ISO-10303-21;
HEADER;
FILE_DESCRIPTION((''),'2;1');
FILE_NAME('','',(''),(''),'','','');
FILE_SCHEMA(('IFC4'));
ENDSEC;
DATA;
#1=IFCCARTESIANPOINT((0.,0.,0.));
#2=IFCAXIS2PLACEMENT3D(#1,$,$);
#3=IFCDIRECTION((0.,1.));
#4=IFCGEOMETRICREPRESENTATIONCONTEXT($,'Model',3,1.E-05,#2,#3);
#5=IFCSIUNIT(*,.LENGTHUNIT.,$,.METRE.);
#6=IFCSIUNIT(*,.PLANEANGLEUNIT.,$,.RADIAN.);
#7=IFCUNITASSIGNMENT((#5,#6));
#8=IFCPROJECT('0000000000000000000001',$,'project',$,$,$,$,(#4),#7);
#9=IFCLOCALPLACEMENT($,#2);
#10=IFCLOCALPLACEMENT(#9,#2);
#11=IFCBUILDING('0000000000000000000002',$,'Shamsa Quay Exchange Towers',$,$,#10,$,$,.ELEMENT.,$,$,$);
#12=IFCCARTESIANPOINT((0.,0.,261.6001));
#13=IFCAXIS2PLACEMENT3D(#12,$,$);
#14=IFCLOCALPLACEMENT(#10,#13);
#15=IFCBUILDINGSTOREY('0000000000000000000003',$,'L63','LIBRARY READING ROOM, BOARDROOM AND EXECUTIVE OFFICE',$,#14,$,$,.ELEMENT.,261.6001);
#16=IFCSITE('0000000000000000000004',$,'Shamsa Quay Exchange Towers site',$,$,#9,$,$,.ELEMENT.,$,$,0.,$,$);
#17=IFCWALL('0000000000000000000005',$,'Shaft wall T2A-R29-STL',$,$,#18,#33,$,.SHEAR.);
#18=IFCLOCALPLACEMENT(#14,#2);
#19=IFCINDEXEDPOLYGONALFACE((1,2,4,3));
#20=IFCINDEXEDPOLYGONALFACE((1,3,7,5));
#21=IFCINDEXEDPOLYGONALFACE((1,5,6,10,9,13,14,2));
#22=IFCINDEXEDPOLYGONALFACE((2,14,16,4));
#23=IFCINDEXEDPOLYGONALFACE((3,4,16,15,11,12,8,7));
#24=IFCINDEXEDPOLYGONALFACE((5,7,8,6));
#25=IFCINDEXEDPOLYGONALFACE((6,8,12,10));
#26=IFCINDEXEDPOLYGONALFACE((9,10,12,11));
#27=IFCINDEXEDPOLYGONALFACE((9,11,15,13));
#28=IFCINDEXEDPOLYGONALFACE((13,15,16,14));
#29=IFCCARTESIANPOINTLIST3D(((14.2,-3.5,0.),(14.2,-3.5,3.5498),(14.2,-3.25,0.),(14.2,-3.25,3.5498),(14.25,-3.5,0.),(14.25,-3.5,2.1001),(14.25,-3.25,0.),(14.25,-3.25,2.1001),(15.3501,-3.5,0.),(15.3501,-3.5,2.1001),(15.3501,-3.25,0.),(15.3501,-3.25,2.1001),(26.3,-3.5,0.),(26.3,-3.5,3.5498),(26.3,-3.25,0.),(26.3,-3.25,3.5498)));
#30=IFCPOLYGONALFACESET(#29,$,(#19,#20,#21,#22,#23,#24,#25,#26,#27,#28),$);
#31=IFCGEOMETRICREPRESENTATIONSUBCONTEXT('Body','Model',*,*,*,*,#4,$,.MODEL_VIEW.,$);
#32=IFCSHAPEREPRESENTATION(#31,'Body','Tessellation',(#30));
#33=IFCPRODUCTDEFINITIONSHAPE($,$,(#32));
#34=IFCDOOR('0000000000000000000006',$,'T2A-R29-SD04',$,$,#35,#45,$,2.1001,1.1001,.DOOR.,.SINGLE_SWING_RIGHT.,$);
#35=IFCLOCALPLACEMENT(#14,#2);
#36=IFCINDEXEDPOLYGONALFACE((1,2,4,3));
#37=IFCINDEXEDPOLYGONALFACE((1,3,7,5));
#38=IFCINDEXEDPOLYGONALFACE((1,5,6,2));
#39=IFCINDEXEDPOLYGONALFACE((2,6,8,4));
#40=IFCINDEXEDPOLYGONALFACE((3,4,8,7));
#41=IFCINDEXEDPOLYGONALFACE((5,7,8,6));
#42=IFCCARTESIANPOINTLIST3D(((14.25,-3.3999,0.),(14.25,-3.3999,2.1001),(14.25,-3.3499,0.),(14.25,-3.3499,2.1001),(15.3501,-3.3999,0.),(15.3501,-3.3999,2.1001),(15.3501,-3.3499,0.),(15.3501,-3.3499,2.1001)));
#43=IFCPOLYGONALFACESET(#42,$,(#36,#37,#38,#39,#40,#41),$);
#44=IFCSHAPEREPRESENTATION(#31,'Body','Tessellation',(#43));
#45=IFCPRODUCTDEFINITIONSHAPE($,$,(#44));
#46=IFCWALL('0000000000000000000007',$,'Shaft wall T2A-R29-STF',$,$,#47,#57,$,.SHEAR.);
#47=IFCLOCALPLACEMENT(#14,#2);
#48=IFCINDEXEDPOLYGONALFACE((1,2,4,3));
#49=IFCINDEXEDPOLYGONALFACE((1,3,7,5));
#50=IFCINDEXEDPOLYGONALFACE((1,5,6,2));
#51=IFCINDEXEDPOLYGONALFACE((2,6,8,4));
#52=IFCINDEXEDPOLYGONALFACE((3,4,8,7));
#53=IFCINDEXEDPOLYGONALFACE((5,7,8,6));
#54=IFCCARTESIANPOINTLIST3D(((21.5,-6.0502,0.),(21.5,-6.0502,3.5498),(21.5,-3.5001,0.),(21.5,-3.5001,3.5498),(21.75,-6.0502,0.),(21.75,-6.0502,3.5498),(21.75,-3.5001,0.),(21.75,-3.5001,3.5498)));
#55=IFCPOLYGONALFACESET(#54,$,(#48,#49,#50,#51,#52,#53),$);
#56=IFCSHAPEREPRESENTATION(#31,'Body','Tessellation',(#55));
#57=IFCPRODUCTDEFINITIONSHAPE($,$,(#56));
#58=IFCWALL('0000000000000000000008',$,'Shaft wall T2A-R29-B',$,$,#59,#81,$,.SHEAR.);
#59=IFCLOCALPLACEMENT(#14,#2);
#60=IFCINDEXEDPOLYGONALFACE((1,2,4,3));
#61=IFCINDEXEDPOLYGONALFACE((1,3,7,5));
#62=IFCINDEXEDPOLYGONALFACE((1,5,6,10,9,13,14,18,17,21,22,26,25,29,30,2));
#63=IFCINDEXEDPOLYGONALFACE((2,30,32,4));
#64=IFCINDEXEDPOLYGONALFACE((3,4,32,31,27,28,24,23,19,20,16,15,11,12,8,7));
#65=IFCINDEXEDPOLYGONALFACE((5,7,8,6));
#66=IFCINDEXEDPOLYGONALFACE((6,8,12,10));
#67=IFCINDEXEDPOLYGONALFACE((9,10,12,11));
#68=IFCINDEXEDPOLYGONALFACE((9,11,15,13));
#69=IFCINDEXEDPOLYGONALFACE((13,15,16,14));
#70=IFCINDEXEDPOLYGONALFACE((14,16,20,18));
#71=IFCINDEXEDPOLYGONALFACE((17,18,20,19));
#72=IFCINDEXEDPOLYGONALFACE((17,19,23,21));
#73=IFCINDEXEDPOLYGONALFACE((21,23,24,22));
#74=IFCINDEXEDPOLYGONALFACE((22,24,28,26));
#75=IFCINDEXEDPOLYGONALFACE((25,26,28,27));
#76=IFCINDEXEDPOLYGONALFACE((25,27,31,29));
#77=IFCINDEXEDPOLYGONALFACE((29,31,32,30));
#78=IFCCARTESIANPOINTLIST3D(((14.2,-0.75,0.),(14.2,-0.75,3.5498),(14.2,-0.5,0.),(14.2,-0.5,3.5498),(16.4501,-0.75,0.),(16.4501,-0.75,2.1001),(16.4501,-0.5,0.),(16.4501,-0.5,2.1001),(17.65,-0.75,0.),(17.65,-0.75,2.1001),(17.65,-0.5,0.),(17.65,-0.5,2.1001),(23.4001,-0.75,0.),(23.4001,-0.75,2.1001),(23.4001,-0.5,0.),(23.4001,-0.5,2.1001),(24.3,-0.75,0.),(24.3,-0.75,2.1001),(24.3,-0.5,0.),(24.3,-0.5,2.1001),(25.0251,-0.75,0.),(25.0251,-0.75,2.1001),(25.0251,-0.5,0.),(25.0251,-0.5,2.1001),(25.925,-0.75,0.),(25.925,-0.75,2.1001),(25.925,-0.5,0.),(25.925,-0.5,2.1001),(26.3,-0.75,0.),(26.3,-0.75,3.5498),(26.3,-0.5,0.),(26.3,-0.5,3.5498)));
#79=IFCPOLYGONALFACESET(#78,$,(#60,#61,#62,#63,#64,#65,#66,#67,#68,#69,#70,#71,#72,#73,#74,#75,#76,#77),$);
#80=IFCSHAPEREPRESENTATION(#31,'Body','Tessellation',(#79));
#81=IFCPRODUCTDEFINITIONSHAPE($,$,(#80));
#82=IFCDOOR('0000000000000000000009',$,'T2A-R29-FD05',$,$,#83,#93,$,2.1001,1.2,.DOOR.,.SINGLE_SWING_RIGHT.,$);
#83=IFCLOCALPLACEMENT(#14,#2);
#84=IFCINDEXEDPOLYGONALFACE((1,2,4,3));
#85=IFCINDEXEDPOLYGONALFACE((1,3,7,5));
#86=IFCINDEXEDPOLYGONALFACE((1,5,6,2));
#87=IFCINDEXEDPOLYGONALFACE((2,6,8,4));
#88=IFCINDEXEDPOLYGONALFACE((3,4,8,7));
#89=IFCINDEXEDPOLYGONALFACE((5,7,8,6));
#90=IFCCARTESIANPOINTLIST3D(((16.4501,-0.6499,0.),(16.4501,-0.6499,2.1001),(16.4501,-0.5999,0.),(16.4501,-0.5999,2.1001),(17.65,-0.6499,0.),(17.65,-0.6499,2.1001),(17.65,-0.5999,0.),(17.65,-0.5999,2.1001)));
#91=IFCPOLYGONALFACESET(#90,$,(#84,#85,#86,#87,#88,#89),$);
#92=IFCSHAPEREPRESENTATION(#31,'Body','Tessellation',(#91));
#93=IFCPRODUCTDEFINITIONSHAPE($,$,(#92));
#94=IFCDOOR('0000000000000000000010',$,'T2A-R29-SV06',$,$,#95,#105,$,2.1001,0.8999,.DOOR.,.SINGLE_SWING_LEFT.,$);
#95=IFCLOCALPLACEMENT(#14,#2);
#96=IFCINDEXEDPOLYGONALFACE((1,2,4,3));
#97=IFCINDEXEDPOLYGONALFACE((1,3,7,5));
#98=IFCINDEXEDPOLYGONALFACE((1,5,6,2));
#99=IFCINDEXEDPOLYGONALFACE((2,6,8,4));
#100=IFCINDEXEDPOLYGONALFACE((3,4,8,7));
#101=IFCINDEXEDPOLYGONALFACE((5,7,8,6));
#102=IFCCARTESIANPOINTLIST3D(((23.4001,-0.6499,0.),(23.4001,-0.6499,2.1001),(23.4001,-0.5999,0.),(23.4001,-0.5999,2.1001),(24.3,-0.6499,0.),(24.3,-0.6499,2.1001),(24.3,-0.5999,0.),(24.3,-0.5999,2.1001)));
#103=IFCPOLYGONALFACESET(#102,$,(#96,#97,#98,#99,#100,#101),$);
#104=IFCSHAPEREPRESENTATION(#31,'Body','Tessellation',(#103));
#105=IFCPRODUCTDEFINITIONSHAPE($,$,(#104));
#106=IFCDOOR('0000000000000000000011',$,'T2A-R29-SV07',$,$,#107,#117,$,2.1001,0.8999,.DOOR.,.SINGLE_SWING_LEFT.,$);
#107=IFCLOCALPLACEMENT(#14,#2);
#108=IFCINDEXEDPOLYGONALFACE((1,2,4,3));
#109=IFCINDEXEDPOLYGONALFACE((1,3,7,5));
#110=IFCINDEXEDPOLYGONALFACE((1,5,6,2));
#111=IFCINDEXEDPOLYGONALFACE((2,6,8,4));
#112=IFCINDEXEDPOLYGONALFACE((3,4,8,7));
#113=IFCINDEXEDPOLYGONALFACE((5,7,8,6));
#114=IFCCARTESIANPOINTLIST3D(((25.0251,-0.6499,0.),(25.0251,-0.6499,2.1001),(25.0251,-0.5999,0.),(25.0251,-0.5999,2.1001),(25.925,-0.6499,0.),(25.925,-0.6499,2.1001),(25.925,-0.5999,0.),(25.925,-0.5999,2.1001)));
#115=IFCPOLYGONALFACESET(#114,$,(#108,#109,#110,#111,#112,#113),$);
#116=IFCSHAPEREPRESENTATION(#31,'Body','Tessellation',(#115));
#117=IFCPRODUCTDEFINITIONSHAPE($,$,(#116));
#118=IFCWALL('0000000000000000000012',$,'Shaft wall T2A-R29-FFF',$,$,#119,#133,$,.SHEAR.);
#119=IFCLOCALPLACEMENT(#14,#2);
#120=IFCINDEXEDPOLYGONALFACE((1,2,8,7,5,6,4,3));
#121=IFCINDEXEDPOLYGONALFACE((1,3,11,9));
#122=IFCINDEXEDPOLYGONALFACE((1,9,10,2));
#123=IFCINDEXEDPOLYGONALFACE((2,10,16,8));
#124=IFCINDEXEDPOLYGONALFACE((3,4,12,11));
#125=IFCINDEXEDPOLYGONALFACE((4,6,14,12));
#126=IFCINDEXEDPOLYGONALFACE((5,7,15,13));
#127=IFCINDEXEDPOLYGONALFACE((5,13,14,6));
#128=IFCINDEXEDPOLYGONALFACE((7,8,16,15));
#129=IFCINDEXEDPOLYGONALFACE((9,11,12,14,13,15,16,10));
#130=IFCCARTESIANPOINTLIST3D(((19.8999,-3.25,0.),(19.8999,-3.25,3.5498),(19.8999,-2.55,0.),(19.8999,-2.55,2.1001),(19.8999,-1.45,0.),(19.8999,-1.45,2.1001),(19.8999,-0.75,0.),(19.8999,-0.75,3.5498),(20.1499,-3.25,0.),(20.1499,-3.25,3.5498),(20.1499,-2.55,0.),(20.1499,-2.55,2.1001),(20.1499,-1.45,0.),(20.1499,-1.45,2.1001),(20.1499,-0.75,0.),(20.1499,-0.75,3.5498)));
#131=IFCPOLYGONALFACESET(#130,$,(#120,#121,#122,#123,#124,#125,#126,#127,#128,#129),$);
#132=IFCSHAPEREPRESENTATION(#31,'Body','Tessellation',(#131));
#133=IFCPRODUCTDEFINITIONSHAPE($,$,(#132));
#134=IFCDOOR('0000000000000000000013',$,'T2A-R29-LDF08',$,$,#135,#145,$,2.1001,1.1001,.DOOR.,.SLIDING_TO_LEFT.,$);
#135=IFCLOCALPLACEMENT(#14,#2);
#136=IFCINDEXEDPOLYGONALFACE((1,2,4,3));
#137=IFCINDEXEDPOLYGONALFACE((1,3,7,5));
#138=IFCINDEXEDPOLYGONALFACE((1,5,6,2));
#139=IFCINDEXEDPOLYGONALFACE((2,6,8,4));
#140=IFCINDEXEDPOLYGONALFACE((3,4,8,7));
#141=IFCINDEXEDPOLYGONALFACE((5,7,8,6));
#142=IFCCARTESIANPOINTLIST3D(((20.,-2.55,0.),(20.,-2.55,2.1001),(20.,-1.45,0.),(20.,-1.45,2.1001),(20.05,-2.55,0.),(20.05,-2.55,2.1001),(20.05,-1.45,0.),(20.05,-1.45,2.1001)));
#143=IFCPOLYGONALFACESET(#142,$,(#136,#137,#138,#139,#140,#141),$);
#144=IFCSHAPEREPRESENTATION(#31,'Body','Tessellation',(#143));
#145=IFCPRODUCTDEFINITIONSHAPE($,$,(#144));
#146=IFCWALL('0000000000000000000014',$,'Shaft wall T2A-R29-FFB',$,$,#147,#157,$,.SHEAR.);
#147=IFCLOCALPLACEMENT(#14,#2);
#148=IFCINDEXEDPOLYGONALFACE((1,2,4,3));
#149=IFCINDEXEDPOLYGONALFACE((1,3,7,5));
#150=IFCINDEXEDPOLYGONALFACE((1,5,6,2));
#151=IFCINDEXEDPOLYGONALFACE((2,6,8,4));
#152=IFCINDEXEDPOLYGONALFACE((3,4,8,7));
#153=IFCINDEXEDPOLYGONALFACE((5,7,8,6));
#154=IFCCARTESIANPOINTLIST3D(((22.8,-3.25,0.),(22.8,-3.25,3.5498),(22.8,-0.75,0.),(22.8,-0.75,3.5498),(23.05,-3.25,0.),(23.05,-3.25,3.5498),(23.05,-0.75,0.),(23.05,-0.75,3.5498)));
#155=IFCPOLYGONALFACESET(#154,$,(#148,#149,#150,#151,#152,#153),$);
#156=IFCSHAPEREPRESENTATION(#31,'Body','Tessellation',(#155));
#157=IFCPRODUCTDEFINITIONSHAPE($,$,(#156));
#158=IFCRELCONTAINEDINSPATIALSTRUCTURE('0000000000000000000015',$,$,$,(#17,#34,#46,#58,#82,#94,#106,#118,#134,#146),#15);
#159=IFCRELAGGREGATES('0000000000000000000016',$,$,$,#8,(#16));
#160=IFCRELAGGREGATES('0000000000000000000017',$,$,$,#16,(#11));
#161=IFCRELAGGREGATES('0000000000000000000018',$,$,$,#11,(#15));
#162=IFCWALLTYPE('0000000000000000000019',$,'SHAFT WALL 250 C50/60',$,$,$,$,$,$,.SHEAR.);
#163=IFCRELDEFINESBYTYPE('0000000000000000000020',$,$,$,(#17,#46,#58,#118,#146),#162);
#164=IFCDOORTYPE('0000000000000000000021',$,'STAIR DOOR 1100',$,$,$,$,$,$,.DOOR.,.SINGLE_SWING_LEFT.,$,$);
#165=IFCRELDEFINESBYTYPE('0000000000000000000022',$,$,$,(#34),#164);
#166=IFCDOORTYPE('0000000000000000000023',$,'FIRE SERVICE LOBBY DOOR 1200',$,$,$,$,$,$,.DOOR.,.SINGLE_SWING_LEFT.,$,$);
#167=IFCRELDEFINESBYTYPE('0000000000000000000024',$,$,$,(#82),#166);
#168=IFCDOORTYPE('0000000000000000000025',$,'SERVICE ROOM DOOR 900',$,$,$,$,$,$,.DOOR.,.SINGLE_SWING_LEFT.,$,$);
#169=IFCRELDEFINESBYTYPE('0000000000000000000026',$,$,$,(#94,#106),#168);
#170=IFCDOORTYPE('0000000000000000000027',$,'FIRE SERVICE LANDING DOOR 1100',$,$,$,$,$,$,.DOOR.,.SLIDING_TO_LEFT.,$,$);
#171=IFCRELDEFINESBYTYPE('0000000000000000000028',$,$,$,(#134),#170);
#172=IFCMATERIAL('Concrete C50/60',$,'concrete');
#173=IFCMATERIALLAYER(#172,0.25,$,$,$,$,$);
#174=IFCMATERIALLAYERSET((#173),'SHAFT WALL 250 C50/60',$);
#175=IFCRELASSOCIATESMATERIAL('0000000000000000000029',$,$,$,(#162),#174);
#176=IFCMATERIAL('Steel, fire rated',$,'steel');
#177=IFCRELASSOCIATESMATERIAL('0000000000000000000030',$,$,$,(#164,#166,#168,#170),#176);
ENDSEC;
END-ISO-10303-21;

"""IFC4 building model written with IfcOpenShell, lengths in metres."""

from ifc_helpers import new_model, si_unit, direction, frame, frame_2d, origin, place, context, subcontext, project, spatial, rectangle, extrude, material, layer, layer_set, type_object, element, fill, save


model = new_model("IFC4")

# Units and contexts
model_context = context("Model", 3, precision=1e-05, world=origin(), true_north=direction((0.0, 1.0)))
body_context = subcontext(model_context, "Body", "Model", "MODEL_VIEW")
ifc_project = project(units=[si_unit("LENGTHUNIT", "METRE"), si_unit("PLANEANGLEUNIT", "RADIAN")], contexts=[model_context])

# Site, building, storey
site_placement = place(None, origin())
site = spatial("IfcSite", under=ifc_project, at=site_placement, Name="Shamsa Quay Exchange Towers site", CompositionType="ELEMENT", RefElevation=0.0)
building_placement = place(site_placement, origin())
building = spatial("IfcBuilding", under=site, at=building_placement, Name="Shamsa Quay Exchange Towers", CompositionType="ELEMENT")
storey_placement = place(building_placement, frame((0.0, 0.0, 261.6001)))
storey = spatial("IfcBuildingStorey", under=building, at=storey_placement, Name="L63", Description="LIBRARY READING ROOM, BOARDROOM AND EXECUTIVE OFFICE", CompositionType="ELEMENT", Elevation=261.6001)

# Wall, opening, door
ifc_material_1 = material(Name="Concrete C50/60", Category="concrete")
ifc_layer_1 = layer(ifc_material_1, 0.25)
ifc_layer_set_1 = layer_set([ifc_layer_1], Name="SHAFT WALL 250 C50/60")
wall_type_1 = type_object("IfcWallType", Name="SHAFT WALL 250 C50/60", PredefinedType="SHEAR", material=ifc_layer_set_1)
wall_1_placement = place(storey_placement, frame((26.3, -3.375, 0.0), z_axis=(0.0, 0.0, 1.0), x_axis=(-1.0, 0.0, 0.0)))
wall_1 = element("IfcWall", 1, at=wall_1_placement, inside=storey, type_object=wall_type_1, Name="Shaft wall T2A-R29-STL", PredefinedType="SHEAR", context=body_context, shape_type="SweptSolid", body=[
    extrude(rectangle(XDim=12.1001, YDim=0.25, at=frame_2d((6.05, 0.0))), origin(), (0.0, 0.0, 1.0), 3.5498),
])
opening_1_placement = place(wall_1_placement, frame((10.95, 0.0, 0.0)))
opening_1 = element("IfcOpeningElement", 2, at=opening_1_placement, cuts=wall_1, PredefinedType="OPENING", context=body_context, shape_type="SweptSolid", body=[
    extrude(rectangle(XDim=1.1001, YDim=2.1001, at=frame_2d((0.55, 1.05))), frame((0.0, 0.135, 0.0), z_axis=(0.0, -1.0, 0.0), x_axis=(1.0, 0.0, 0.0)), (0.0, 0.0, 1.0), 0.27),
])
ifc_material_2 = material(Name="Steel, fire rated", Category="steel")
door_type_1 = type_object("IfcDoorType", Name="STAIR DOOR 1100", OperationType="SINGLE_SWING_LEFT", PredefinedType="DOOR", material=ifc_material_2)
door_1_placement = place(opening_1_placement, origin())
door_1 = element("IfcDoor", 3, at=door_1_placement, inside=storey, type_object=door_type_1, Name="T2A-R29-SD04", OperationType="SINGLE_SWING_RIGHT", OverallHeight=2.1001, OverallWidth=1.1001, PredefinedType="DOOR", context=body_context, shape_type="SweptSolid", body=[
    extrude(rectangle(XDim=1.1001, YDim=2.1001, at=frame_2d((0.55, 1.05))), frame((0.0, 0.0249, 0.0), z_axis=(0.0, -1.0, 0.0), x_axis=(1.0, 0.0, 0.0)), (0.0, 0.0, 1.0), 0.05),
])
fill(opening_1, door_1)

# Wall
wall_2_placement = place(storey_placement, frame((21.625, -6.05, 0.0), z_axis=(0.0, 0.0, 1.0), x_axis=(0.0, 1.0, 0.0)))
element("IfcWall", 4, at=wall_2_placement, inside=storey, type_object=wall_type_1, Name="Shaft wall T2A-R29-STF", PredefinedType="SHEAR", context=body_context, shape_type="SweptSolid", body=[
    extrude(rectangle(XDim=2.55, YDim=0.25, at=frame_2d((1.2749, 0.0))), origin(), (0.0, 0.0, 1.0), 3.5498),
])

# Wall, openings, doors
wall_3_placement = place(storey_placement, frame((26.3, -0.625, 0.0), z_axis=(0.0, 0.0, 1.0), x_axis=(-1.0, 0.0, 0.0)))
wall_3 = element("IfcWall", 5, at=wall_3_placement, inside=storey, type_object=wall_type_1, Name="Shaft wall T2A-R29-B", PredefinedType="SHEAR", context=body_context, shape_type="SweptSolid", body=[
    extrude(rectangle(XDim=12.1001, YDim=0.25, at=frame_2d((6.05, 0.0))), origin(), (0.0, 0.0, 1.0), 3.5498),
])
opening_2_placement = place(wall_3_placement, frame((8.6499, 0.0, 0.0)))
opening_2 = element("IfcOpeningElement", 6, at=opening_2_placement, cuts=wall_3, PredefinedType="OPENING", context=body_context, shape_type="SweptSolid", body=[
    extrude(rectangle(XDim=1.2, YDim=2.1001, at=frame_2d((0.6001, 1.05))), frame((0.0, 0.135, 0.0), z_axis=(0.0, -1.0, 0.0), x_axis=(1.0, 0.0, 0.0)), (0.0, 0.0, 1.0), 0.27),
])
opening_3_placement = place(wall_3_placement, frame((2.0, 0.0, 0.0)))
opening_3 = element("IfcOpeningElement", 7, at=opening_3_placement, cuts=wall_3, PredefinedType="OPENING", context=body_context, shape_type="SweptSolid", body=[
    extrude(rectangle(XDim=0.8999, YDim=2.1001, at=frame_2d((0.45, 1.05))), frame((0.0, 0.135, 0.0), z_axis=(0.0, -1.0, 0.0), x_axis=(1.0, 0.0, 0.0)), (0.0, 0.0, 1.0), 0.27),
])
opening_4_placement = place(wall_3_placement, frame((0.375, 0.0, 0.0)))
opening_4 = element("IfcOpeningElement", 8, at=opening_4_placement, cuts=wall_3, PredefinedType="OPENING", context=body_context, shape_type="SweptSolid", body=[
    extrude(rectangle(XDim=0.8999, YDim=2.1001, at=frame_2d((0.45, 1.05))), frame((0.0, 0.135, 0.0), z_axis=(0.0, -1.0, 0.0), x_axis=(1.0, 0.0, 0.0)), (0.0, 0.0, 1.0), 0.27),
])
door_type_2 = type_object("IfcDoorType", Name="FIRE SERVICE LOBBY DOOR 1200", OperationType="SINGLE_SWING_LEFT", PredefinedType="DOOR", material=ifc_material_2)
door_2_placement = place(opening_2_placement, origin())
door_2 = element("IfcDoor", 9, at=door_2_placement, inside=storey, type_object=door_type_2, Name="T2A-R29-FD05", OperationType="SINGLE_SWING_RIGHT", OverallHeight=2.1001, OverallWidth=1.2, PredefinedType="DOOR", context=body_context, shape_type="SweptSolid", body=[
    extrude(rectangle(XDim=1.2, YDim=2.1001, at=frame_2d((0.6001, 1.05))), frame((0.0, 0.0249, 0.0), z_axis=(0.0, -1.0, 0.0), x_axis=(1.0, 0.0, 0.0)), (0.0, 0.0, 1.0), 0.05),
])
fill(opening_2, door_2)
door_type_3 = type_object("IfcDoorType", Name="SERVICE ROOM DOOR 900", OperationType="SINGLE_SWING_LEFT", PredefinedType="DOOR", material=ifc_material_2)
door_3_placement = place(opening_3_placement, origin())
door_3 = element("IfcDoor", 10, at=door_3_placement, inside=storey, type_object=door_type_3, Name="T2A-R29-SV06", OperationType="SINGLE_SWING_LEFT", OverallHeight=2.1001, OverallWidth=0.8999, PredefinedType="DOOR", context=body_context, shape_type="SweptSolid", body=[
    extrude(rectangle(XDim=0.8999, YDim=2.1001, at=frame_2d((0.45, 1.05))), frame((0.0, 0.0249, 0.0), z_axis=(0.0, -1.0, 0.0), x_axis=(1.0, 0.0, 0.0)), (0.0, 0.0, 1.0), 0.05),
])
fill(opening_3, door_3)
door_4_placement = place(opening_4_placement, origin())
door_4 = element("IfcDoor", 11, at=door_4_placement, inside=storey, type_object=door_type_3, Name="T2A-R29-SV07", OperationType="SINGLE_SWING_LEFT", OverallHeight=2.1001, OverallWidth=0.8999, PredefinedType="DOOR", context=body_context, shape_type="SweptSolid", body=[
    extrude(rectangle(XDim=0.8999, YDim=2.1001, at=frame_2d((0.45, 1.05))), frame((0.0, 0.0249, 0.0), z_axis=(0.0, -1.0, 0.0), x_axis=(1.0, 0.0, 0.0)), (0.0, 0.0, 1.0), 0.05),
])
fill(opening_4, door_4)

# Wall, opening, door
wall_4_placement = place(storey_placement, frame((20.0249, -3.25, 0.0), z_axis=(0.0, 0.0, 1.0), x_axis=(0.0, 1.0, 0.0)))
wall_4 = element("IfcWall", 12, at=wall_4_placement, inside=storey, type_object=wall_type_1, Name="Shaft wall T2A-R29-FFF", PredefinedType="SHEAR", context=body_context, shape_type="SweptSolid", body=[
    extrude(rectangle(XDim=2.5, YDim=0.25, at=frame_2d((1.25, 0.0))), origin(), (0.0, 0.0, 1.0), 3.5498),
])
opening_5_placement = place(wall_4_placement, frame((0.7, 0.0, 0.0)))
opening_5 = element("IfcOpeningElement", 13, at=opening_5_placement, cuts=wall_4, PredefinedType="OPENING", context=body_context, shape_type="SweptSolid", body=[
    extrude(rectangle(XDim=1.1001, YDim=2.1001, at=frame_2d((0.55, 1.05))), frame((0.0, 0.135, 0.0), z_axis=(0.0, -1.0, 0.0), x_axis=(1.0, 0.0, 0.0)), (0.0, 0.0, 1.0), 0.27),
])
door_type_4 = type_object("IfcDoorType", Name="FIRE SERVICE LANDING DOOR 1100", OperationType="SLIDING_TO_LEFT", PredefinedType="DOOR", material=ifc_material_2)
door_5_placement = place(opening_5_placement, origin())
door_5 = element("IfcDoor", 14, at=door_5_placement, inside=storey, type_object=door_type_4, Name="T2A-R29-LDF08", OperationType="SLIDING_TO_LEFT", OverallHeight=2.1001, OverallWidth=1.1001, PredefinedType="DOOR", context=body_context, shape_type="SweptSolid", body=[
    extrude(rectangle(XDim=1.1001, YDim=2.1001, at=frame_2d((0.55, 1.05))), frame((0.0, 0.0249, 0.0), z_axis=(0.0, -1.0, 0.0), x_axis=(1.0, 0.0, 0.0)), (0.0, 0.0, 1.0), 0.05),
])
fill(opening_5, door_5)

# Wall
wall_5_placement = place(storey_placement, frame((22.925, -3.25, 0.0), z_axis=(0.0, 0.0, 1.0), x_axis=(0.0, 1.0, 0.0)))
element("IfcWall", 15, at=wall_5_placement, inside=storey, type_object=wall_type_1, Name="Shaft wall T2A-R29-FFB", PredefinedType="SHEAR", context=body_context, shape_type="SweptSolid", body=[
    extrude(rectangle(XDim=2.5, YDim=0.25, at=frame_2d((1.25, 0.0))), origin(), (0.0, 0.0, 1.0), 3.5498),
])

save(model, "model.ifc")
